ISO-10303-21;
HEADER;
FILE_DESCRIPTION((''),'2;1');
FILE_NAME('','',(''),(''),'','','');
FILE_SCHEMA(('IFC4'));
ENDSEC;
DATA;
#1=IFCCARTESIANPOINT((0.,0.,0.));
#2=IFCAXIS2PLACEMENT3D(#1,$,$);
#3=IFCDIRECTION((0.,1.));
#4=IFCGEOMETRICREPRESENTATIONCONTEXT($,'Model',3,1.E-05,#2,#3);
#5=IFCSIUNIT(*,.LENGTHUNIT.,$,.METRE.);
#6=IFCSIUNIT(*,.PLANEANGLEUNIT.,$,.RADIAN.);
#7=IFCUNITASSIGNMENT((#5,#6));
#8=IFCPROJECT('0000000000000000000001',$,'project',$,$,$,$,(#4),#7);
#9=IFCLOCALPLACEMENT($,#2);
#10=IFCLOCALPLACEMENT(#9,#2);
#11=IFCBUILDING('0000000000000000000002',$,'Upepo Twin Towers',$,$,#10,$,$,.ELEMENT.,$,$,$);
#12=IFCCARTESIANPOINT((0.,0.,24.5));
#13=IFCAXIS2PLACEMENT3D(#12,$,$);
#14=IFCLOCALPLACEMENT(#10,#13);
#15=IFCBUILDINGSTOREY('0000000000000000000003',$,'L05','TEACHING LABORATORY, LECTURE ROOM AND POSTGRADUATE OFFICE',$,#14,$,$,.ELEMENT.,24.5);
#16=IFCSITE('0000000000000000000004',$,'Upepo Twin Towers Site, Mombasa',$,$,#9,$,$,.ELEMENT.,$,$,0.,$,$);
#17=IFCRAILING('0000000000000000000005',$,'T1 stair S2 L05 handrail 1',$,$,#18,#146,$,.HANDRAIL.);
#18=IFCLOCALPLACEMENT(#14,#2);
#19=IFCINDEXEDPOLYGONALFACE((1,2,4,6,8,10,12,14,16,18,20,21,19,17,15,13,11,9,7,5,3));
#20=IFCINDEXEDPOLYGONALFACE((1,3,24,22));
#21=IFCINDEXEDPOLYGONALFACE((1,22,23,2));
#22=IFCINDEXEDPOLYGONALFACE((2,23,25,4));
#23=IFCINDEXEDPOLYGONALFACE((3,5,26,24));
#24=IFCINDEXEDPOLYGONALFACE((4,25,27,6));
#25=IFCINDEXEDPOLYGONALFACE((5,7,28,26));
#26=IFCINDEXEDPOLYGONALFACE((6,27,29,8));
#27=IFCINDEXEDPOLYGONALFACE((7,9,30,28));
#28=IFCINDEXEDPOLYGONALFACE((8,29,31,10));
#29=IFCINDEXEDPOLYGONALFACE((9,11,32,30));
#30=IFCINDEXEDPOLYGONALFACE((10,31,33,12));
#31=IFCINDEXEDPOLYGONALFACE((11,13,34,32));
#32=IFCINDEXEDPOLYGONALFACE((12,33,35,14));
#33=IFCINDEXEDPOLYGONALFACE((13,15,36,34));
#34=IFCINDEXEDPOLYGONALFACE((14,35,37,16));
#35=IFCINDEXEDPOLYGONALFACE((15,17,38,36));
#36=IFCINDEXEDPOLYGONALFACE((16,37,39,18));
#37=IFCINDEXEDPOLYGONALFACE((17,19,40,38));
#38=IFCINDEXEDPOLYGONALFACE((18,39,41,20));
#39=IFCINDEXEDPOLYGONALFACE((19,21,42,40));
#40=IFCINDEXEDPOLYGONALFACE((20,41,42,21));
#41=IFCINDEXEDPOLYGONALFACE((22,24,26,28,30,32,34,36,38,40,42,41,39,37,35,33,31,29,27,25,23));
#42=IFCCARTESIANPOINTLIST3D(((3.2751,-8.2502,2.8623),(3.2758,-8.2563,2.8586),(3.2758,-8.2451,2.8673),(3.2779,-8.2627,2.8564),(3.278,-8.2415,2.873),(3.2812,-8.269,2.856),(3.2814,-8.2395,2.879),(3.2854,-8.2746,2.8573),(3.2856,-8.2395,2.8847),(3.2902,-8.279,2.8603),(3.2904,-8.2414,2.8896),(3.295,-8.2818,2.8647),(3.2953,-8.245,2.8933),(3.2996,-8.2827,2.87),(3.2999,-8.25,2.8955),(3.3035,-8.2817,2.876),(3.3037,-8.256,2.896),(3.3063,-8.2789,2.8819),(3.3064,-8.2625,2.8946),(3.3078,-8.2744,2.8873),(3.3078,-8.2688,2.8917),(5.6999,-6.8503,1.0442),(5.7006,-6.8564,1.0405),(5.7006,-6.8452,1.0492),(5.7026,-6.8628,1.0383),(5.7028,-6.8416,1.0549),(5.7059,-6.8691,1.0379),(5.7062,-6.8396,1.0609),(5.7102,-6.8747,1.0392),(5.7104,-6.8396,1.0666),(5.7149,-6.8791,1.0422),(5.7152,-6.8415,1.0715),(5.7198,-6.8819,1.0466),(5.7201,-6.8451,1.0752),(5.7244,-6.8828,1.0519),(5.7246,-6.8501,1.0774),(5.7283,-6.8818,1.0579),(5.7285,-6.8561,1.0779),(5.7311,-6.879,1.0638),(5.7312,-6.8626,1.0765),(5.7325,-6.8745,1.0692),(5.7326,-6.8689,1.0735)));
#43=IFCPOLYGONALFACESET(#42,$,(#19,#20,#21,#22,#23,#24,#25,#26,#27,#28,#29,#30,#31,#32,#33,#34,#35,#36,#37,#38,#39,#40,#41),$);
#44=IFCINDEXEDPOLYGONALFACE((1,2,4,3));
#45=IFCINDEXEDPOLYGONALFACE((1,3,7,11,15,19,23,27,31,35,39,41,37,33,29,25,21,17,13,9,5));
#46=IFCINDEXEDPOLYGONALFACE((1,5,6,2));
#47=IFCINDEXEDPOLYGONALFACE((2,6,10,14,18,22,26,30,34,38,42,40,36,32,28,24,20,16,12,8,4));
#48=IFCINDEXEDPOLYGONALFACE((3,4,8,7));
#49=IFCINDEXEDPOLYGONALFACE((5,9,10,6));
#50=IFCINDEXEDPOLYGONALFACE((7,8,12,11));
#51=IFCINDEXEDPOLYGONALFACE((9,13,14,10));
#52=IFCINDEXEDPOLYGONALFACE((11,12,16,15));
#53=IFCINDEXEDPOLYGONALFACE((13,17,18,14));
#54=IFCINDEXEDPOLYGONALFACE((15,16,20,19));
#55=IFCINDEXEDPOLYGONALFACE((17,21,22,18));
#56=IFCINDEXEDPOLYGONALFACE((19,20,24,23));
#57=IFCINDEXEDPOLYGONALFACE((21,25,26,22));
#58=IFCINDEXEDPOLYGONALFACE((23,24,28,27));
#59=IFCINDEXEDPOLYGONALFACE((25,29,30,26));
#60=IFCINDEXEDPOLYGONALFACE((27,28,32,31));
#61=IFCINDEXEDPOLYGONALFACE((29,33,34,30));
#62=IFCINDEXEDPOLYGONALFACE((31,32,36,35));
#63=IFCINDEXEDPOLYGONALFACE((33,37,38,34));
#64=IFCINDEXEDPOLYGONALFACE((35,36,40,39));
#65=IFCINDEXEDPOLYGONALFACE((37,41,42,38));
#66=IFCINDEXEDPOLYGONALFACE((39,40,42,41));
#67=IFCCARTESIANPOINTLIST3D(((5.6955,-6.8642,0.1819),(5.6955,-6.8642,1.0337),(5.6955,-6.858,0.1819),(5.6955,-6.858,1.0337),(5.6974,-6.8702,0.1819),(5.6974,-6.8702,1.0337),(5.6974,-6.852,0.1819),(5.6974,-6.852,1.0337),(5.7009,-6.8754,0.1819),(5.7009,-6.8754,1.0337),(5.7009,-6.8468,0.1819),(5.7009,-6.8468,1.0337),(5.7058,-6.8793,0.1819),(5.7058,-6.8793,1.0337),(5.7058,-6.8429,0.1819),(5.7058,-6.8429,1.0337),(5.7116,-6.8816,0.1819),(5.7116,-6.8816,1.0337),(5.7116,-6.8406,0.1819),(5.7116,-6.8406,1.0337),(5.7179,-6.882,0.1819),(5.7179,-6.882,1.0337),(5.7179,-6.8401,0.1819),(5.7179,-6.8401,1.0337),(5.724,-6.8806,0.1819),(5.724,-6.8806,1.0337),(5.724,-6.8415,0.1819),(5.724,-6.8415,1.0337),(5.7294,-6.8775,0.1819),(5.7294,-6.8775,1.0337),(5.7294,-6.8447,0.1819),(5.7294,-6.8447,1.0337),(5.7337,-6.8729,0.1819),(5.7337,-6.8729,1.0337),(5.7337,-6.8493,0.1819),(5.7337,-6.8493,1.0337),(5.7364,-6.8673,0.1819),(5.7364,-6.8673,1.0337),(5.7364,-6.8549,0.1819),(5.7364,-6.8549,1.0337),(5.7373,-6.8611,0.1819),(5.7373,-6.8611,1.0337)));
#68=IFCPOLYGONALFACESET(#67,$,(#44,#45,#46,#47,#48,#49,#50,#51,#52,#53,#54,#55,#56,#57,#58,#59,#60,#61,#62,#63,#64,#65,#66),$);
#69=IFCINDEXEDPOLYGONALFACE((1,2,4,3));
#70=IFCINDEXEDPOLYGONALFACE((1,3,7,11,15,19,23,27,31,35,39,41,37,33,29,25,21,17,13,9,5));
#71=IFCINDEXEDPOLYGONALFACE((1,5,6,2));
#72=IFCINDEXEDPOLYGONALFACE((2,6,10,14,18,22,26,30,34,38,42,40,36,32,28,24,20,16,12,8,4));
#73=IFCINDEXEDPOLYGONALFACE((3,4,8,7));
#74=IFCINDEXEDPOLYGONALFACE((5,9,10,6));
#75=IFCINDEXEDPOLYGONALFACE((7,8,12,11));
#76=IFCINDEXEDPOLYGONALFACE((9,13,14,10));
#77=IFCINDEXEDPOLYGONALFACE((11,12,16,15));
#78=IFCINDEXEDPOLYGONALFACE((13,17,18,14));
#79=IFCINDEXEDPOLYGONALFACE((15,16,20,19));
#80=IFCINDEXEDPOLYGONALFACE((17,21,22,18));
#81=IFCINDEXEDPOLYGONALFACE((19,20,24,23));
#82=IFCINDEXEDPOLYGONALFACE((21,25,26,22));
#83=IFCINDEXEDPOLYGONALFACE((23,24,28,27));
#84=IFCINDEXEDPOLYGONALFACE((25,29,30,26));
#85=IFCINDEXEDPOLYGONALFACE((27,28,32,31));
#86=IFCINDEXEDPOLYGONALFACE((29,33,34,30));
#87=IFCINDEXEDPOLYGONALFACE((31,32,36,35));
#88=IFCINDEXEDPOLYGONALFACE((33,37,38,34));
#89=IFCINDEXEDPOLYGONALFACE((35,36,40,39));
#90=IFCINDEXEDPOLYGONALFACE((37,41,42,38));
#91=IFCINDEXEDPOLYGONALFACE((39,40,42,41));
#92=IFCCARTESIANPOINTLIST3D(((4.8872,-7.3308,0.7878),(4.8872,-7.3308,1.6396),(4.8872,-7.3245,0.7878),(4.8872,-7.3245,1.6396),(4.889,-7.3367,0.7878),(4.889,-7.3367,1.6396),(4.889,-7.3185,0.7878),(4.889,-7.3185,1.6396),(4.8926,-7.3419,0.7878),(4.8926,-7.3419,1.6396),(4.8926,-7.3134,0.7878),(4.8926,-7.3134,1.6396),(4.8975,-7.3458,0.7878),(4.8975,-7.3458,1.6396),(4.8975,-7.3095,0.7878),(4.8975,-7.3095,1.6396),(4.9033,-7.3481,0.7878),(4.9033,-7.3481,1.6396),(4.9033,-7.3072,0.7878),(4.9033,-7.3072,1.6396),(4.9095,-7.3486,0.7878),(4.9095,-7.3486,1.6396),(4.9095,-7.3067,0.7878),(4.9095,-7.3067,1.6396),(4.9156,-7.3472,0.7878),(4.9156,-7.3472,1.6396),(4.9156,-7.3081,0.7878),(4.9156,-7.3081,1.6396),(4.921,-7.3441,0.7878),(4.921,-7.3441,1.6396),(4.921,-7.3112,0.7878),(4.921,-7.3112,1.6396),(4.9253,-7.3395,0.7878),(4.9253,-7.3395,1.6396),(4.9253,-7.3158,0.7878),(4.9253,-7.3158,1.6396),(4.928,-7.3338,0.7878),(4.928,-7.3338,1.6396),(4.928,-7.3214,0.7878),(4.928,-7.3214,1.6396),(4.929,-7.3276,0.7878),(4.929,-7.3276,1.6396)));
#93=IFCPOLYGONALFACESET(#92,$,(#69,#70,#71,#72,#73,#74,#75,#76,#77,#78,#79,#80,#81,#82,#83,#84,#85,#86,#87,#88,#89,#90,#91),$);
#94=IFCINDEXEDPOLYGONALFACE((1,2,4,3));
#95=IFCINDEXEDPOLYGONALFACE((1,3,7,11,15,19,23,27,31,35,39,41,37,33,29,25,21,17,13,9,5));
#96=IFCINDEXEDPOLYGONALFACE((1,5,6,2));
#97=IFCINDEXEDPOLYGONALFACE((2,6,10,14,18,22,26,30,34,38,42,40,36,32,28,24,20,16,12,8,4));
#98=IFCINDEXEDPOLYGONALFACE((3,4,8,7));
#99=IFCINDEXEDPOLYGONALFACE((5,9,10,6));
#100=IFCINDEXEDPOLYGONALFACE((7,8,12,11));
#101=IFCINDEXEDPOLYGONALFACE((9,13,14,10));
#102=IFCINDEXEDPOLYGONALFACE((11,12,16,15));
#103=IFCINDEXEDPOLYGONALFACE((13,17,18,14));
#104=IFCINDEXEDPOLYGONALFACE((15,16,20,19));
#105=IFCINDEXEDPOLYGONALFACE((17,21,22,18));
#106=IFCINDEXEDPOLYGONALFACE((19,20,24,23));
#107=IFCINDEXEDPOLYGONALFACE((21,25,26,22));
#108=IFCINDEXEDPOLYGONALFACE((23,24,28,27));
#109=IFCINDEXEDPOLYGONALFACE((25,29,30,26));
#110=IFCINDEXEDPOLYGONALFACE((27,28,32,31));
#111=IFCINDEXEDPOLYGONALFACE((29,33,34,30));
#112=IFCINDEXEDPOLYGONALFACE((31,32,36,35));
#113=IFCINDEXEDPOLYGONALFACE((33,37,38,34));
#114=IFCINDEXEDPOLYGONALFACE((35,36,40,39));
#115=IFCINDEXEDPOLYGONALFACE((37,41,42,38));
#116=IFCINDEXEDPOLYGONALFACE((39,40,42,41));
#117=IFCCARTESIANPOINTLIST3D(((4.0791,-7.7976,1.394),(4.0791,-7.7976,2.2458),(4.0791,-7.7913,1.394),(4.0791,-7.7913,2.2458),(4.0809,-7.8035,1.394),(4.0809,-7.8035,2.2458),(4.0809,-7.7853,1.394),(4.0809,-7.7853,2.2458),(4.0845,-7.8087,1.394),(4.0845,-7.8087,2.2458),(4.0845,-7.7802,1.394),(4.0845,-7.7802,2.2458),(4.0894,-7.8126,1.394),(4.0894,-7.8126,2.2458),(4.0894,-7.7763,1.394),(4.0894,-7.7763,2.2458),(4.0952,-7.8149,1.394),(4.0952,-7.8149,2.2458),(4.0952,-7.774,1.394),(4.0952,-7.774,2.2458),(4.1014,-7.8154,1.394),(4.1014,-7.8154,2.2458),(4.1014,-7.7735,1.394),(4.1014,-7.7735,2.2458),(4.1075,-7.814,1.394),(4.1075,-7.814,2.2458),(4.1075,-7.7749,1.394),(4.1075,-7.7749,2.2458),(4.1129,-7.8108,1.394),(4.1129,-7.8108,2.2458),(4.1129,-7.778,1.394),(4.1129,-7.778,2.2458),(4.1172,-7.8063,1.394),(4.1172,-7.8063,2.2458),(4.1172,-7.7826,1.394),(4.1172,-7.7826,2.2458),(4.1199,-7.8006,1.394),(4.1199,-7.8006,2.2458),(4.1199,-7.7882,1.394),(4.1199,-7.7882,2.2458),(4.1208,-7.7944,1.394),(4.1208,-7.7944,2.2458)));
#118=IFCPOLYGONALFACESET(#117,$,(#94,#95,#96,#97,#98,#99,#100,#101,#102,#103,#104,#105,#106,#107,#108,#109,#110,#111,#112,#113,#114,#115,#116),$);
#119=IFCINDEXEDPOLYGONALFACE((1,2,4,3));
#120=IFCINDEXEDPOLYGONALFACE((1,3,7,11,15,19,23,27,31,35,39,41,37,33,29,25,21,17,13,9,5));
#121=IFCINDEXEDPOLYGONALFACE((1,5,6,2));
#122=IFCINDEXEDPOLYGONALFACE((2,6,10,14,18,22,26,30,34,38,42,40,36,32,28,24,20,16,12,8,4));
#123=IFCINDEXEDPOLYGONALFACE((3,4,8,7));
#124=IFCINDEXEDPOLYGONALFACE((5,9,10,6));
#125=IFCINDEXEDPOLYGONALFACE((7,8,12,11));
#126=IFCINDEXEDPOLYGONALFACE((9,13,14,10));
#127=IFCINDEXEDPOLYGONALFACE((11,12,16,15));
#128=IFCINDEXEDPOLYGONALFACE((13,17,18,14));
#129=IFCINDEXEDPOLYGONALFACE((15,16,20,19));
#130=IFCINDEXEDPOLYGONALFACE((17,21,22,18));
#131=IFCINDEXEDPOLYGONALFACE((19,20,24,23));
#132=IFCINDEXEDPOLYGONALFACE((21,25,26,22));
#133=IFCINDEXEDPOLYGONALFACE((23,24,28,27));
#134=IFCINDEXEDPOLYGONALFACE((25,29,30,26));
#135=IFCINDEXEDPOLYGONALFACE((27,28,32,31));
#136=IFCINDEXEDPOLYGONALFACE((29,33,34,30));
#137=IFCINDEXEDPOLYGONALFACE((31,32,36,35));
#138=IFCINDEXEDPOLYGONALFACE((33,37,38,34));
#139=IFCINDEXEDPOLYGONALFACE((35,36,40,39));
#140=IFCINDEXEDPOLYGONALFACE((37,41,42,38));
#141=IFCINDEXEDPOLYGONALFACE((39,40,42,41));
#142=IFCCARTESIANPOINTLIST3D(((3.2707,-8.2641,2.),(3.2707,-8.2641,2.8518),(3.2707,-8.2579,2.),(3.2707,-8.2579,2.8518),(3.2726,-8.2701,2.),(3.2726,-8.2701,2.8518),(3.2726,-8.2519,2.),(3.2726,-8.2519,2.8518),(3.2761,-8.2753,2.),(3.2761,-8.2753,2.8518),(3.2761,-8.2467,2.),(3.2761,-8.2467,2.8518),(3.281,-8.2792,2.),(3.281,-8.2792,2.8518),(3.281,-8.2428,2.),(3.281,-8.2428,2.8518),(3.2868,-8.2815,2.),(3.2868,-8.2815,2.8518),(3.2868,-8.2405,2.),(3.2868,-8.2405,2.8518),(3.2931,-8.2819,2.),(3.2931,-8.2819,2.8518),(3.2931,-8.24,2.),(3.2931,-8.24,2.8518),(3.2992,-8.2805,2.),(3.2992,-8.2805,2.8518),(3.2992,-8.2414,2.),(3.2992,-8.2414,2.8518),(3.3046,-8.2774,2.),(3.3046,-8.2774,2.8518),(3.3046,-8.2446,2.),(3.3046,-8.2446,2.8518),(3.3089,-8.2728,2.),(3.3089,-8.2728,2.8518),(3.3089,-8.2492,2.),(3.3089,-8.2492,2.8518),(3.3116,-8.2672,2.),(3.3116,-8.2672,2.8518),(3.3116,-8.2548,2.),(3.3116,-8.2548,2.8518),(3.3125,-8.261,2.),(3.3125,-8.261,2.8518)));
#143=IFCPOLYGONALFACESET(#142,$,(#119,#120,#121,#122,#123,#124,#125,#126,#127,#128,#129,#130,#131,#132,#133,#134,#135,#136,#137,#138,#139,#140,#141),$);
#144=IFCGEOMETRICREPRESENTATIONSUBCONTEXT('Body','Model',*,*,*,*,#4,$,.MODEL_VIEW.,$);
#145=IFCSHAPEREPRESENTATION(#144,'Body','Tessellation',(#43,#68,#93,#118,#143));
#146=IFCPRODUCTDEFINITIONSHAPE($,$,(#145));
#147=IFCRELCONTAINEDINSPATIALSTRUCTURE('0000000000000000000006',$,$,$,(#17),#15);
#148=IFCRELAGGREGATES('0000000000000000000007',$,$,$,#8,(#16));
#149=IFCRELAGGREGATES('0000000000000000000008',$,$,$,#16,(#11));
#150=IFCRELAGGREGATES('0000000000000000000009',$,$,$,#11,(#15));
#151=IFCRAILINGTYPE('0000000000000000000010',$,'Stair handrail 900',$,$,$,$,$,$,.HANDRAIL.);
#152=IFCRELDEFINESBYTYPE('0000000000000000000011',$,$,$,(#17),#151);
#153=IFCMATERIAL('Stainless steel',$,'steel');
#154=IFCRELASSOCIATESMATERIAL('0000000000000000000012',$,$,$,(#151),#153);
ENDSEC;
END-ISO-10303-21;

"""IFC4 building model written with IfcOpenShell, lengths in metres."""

from ifc_helpers import new_model, si_unit, direction, frame, origin, origin_2d, place, context, subcontext, project, spatial, circle, extrude, material, type_object, element, save


model = new_model("IFC4")

# Units and contexts
model_context = context("Model", 3, precision=1e-05, world=origin(), true_north=direction((0.0, 1.0)))
body_context = subcontext(model_context, "Body", "Model", "MODEL_VIEW")
ifc_project = project(units=[si_unit("LENGTHUNIT", "METRE"), si_unit("PLANEANGLEUNIT", "RADIAN")], contexts=[model_context])

# Site, building, storey
site_placement = place(None, origin())
site = spatial("IfcSite", under=ifc_project, at=site_placement, Name="Upepo Twin Towers Site, Mombasa", CompositionType="ELEMENT", RefElevation=0.0)
building_placement = place(site_placement, origin())
building = spatial("IfcBuilding", under=site, at=building_placement, Name="Upepo Twin Towers", CompositionType="ELEMENT")
storey_placement = place(building_placement, frame((0.0, 0.0, 24.5)))
storey = spatial("IfcBuildingStorey", under=building, at=storey_placement, Name="L05", Description="TEACHING LABORATORY, LECTURE ROOM AND POSTGRADUATE OFFICE", CompositionType="ELEMENT", Elevation=24.5)

# Railing
ifc_material_1 = material(Name="Stainless steel", Category="steel")
railing_type = type_object("IfcRailingType", Name="Stair handrail 900", PredefinedType="HANDRAIL", material=ifc_material_1)
railing_1_placement = place(storey_placement, frame((5.7163, -6.8611, 0.1819)))
element("IfcRailing", 1, at=railing_1_placement, inside=storey, type_object=railing_type, Name="T1 stair S2 L05 handrail 1", PredefinedType="HANDRAIL", context=body_context, shape_type="SweptSolid", body=[
    extrude(circle(Radius=0.0239, at=origin_2d()), frame((0.0, 0.0, 0.876), z_axis=(-0.726336, -0.419333, 0.544606), x_axis=(0.499984, -0.866035, 0.0)), (0.0, 0.0, 1.0), 3.3384),
    extrude(circle(Radius=0.021, at=origin_2d()), origin(), (0.0, 0.0, 1.0), 0.8518),
    extrude(circle(Radius=0.021, at=origin_2d()), frame((-0.8083, -0.4666, 0.606)), (0.0, 0.0, 1.0), 0.8518),
    extrude(circle(Radius=0.021, at=origin_2d()), frame((-1.6165, -0.9333, 1.2122)), (0.0, 0.0, 1.0), 0.8518),
    extrude(circle(Radius=0.021, at=origin_2d()), frame((-2.4248, -1.3999, 1.8181)), (0.0, 0.0, 1.0), 0.8518),
])

save(model, "model.ifc")
